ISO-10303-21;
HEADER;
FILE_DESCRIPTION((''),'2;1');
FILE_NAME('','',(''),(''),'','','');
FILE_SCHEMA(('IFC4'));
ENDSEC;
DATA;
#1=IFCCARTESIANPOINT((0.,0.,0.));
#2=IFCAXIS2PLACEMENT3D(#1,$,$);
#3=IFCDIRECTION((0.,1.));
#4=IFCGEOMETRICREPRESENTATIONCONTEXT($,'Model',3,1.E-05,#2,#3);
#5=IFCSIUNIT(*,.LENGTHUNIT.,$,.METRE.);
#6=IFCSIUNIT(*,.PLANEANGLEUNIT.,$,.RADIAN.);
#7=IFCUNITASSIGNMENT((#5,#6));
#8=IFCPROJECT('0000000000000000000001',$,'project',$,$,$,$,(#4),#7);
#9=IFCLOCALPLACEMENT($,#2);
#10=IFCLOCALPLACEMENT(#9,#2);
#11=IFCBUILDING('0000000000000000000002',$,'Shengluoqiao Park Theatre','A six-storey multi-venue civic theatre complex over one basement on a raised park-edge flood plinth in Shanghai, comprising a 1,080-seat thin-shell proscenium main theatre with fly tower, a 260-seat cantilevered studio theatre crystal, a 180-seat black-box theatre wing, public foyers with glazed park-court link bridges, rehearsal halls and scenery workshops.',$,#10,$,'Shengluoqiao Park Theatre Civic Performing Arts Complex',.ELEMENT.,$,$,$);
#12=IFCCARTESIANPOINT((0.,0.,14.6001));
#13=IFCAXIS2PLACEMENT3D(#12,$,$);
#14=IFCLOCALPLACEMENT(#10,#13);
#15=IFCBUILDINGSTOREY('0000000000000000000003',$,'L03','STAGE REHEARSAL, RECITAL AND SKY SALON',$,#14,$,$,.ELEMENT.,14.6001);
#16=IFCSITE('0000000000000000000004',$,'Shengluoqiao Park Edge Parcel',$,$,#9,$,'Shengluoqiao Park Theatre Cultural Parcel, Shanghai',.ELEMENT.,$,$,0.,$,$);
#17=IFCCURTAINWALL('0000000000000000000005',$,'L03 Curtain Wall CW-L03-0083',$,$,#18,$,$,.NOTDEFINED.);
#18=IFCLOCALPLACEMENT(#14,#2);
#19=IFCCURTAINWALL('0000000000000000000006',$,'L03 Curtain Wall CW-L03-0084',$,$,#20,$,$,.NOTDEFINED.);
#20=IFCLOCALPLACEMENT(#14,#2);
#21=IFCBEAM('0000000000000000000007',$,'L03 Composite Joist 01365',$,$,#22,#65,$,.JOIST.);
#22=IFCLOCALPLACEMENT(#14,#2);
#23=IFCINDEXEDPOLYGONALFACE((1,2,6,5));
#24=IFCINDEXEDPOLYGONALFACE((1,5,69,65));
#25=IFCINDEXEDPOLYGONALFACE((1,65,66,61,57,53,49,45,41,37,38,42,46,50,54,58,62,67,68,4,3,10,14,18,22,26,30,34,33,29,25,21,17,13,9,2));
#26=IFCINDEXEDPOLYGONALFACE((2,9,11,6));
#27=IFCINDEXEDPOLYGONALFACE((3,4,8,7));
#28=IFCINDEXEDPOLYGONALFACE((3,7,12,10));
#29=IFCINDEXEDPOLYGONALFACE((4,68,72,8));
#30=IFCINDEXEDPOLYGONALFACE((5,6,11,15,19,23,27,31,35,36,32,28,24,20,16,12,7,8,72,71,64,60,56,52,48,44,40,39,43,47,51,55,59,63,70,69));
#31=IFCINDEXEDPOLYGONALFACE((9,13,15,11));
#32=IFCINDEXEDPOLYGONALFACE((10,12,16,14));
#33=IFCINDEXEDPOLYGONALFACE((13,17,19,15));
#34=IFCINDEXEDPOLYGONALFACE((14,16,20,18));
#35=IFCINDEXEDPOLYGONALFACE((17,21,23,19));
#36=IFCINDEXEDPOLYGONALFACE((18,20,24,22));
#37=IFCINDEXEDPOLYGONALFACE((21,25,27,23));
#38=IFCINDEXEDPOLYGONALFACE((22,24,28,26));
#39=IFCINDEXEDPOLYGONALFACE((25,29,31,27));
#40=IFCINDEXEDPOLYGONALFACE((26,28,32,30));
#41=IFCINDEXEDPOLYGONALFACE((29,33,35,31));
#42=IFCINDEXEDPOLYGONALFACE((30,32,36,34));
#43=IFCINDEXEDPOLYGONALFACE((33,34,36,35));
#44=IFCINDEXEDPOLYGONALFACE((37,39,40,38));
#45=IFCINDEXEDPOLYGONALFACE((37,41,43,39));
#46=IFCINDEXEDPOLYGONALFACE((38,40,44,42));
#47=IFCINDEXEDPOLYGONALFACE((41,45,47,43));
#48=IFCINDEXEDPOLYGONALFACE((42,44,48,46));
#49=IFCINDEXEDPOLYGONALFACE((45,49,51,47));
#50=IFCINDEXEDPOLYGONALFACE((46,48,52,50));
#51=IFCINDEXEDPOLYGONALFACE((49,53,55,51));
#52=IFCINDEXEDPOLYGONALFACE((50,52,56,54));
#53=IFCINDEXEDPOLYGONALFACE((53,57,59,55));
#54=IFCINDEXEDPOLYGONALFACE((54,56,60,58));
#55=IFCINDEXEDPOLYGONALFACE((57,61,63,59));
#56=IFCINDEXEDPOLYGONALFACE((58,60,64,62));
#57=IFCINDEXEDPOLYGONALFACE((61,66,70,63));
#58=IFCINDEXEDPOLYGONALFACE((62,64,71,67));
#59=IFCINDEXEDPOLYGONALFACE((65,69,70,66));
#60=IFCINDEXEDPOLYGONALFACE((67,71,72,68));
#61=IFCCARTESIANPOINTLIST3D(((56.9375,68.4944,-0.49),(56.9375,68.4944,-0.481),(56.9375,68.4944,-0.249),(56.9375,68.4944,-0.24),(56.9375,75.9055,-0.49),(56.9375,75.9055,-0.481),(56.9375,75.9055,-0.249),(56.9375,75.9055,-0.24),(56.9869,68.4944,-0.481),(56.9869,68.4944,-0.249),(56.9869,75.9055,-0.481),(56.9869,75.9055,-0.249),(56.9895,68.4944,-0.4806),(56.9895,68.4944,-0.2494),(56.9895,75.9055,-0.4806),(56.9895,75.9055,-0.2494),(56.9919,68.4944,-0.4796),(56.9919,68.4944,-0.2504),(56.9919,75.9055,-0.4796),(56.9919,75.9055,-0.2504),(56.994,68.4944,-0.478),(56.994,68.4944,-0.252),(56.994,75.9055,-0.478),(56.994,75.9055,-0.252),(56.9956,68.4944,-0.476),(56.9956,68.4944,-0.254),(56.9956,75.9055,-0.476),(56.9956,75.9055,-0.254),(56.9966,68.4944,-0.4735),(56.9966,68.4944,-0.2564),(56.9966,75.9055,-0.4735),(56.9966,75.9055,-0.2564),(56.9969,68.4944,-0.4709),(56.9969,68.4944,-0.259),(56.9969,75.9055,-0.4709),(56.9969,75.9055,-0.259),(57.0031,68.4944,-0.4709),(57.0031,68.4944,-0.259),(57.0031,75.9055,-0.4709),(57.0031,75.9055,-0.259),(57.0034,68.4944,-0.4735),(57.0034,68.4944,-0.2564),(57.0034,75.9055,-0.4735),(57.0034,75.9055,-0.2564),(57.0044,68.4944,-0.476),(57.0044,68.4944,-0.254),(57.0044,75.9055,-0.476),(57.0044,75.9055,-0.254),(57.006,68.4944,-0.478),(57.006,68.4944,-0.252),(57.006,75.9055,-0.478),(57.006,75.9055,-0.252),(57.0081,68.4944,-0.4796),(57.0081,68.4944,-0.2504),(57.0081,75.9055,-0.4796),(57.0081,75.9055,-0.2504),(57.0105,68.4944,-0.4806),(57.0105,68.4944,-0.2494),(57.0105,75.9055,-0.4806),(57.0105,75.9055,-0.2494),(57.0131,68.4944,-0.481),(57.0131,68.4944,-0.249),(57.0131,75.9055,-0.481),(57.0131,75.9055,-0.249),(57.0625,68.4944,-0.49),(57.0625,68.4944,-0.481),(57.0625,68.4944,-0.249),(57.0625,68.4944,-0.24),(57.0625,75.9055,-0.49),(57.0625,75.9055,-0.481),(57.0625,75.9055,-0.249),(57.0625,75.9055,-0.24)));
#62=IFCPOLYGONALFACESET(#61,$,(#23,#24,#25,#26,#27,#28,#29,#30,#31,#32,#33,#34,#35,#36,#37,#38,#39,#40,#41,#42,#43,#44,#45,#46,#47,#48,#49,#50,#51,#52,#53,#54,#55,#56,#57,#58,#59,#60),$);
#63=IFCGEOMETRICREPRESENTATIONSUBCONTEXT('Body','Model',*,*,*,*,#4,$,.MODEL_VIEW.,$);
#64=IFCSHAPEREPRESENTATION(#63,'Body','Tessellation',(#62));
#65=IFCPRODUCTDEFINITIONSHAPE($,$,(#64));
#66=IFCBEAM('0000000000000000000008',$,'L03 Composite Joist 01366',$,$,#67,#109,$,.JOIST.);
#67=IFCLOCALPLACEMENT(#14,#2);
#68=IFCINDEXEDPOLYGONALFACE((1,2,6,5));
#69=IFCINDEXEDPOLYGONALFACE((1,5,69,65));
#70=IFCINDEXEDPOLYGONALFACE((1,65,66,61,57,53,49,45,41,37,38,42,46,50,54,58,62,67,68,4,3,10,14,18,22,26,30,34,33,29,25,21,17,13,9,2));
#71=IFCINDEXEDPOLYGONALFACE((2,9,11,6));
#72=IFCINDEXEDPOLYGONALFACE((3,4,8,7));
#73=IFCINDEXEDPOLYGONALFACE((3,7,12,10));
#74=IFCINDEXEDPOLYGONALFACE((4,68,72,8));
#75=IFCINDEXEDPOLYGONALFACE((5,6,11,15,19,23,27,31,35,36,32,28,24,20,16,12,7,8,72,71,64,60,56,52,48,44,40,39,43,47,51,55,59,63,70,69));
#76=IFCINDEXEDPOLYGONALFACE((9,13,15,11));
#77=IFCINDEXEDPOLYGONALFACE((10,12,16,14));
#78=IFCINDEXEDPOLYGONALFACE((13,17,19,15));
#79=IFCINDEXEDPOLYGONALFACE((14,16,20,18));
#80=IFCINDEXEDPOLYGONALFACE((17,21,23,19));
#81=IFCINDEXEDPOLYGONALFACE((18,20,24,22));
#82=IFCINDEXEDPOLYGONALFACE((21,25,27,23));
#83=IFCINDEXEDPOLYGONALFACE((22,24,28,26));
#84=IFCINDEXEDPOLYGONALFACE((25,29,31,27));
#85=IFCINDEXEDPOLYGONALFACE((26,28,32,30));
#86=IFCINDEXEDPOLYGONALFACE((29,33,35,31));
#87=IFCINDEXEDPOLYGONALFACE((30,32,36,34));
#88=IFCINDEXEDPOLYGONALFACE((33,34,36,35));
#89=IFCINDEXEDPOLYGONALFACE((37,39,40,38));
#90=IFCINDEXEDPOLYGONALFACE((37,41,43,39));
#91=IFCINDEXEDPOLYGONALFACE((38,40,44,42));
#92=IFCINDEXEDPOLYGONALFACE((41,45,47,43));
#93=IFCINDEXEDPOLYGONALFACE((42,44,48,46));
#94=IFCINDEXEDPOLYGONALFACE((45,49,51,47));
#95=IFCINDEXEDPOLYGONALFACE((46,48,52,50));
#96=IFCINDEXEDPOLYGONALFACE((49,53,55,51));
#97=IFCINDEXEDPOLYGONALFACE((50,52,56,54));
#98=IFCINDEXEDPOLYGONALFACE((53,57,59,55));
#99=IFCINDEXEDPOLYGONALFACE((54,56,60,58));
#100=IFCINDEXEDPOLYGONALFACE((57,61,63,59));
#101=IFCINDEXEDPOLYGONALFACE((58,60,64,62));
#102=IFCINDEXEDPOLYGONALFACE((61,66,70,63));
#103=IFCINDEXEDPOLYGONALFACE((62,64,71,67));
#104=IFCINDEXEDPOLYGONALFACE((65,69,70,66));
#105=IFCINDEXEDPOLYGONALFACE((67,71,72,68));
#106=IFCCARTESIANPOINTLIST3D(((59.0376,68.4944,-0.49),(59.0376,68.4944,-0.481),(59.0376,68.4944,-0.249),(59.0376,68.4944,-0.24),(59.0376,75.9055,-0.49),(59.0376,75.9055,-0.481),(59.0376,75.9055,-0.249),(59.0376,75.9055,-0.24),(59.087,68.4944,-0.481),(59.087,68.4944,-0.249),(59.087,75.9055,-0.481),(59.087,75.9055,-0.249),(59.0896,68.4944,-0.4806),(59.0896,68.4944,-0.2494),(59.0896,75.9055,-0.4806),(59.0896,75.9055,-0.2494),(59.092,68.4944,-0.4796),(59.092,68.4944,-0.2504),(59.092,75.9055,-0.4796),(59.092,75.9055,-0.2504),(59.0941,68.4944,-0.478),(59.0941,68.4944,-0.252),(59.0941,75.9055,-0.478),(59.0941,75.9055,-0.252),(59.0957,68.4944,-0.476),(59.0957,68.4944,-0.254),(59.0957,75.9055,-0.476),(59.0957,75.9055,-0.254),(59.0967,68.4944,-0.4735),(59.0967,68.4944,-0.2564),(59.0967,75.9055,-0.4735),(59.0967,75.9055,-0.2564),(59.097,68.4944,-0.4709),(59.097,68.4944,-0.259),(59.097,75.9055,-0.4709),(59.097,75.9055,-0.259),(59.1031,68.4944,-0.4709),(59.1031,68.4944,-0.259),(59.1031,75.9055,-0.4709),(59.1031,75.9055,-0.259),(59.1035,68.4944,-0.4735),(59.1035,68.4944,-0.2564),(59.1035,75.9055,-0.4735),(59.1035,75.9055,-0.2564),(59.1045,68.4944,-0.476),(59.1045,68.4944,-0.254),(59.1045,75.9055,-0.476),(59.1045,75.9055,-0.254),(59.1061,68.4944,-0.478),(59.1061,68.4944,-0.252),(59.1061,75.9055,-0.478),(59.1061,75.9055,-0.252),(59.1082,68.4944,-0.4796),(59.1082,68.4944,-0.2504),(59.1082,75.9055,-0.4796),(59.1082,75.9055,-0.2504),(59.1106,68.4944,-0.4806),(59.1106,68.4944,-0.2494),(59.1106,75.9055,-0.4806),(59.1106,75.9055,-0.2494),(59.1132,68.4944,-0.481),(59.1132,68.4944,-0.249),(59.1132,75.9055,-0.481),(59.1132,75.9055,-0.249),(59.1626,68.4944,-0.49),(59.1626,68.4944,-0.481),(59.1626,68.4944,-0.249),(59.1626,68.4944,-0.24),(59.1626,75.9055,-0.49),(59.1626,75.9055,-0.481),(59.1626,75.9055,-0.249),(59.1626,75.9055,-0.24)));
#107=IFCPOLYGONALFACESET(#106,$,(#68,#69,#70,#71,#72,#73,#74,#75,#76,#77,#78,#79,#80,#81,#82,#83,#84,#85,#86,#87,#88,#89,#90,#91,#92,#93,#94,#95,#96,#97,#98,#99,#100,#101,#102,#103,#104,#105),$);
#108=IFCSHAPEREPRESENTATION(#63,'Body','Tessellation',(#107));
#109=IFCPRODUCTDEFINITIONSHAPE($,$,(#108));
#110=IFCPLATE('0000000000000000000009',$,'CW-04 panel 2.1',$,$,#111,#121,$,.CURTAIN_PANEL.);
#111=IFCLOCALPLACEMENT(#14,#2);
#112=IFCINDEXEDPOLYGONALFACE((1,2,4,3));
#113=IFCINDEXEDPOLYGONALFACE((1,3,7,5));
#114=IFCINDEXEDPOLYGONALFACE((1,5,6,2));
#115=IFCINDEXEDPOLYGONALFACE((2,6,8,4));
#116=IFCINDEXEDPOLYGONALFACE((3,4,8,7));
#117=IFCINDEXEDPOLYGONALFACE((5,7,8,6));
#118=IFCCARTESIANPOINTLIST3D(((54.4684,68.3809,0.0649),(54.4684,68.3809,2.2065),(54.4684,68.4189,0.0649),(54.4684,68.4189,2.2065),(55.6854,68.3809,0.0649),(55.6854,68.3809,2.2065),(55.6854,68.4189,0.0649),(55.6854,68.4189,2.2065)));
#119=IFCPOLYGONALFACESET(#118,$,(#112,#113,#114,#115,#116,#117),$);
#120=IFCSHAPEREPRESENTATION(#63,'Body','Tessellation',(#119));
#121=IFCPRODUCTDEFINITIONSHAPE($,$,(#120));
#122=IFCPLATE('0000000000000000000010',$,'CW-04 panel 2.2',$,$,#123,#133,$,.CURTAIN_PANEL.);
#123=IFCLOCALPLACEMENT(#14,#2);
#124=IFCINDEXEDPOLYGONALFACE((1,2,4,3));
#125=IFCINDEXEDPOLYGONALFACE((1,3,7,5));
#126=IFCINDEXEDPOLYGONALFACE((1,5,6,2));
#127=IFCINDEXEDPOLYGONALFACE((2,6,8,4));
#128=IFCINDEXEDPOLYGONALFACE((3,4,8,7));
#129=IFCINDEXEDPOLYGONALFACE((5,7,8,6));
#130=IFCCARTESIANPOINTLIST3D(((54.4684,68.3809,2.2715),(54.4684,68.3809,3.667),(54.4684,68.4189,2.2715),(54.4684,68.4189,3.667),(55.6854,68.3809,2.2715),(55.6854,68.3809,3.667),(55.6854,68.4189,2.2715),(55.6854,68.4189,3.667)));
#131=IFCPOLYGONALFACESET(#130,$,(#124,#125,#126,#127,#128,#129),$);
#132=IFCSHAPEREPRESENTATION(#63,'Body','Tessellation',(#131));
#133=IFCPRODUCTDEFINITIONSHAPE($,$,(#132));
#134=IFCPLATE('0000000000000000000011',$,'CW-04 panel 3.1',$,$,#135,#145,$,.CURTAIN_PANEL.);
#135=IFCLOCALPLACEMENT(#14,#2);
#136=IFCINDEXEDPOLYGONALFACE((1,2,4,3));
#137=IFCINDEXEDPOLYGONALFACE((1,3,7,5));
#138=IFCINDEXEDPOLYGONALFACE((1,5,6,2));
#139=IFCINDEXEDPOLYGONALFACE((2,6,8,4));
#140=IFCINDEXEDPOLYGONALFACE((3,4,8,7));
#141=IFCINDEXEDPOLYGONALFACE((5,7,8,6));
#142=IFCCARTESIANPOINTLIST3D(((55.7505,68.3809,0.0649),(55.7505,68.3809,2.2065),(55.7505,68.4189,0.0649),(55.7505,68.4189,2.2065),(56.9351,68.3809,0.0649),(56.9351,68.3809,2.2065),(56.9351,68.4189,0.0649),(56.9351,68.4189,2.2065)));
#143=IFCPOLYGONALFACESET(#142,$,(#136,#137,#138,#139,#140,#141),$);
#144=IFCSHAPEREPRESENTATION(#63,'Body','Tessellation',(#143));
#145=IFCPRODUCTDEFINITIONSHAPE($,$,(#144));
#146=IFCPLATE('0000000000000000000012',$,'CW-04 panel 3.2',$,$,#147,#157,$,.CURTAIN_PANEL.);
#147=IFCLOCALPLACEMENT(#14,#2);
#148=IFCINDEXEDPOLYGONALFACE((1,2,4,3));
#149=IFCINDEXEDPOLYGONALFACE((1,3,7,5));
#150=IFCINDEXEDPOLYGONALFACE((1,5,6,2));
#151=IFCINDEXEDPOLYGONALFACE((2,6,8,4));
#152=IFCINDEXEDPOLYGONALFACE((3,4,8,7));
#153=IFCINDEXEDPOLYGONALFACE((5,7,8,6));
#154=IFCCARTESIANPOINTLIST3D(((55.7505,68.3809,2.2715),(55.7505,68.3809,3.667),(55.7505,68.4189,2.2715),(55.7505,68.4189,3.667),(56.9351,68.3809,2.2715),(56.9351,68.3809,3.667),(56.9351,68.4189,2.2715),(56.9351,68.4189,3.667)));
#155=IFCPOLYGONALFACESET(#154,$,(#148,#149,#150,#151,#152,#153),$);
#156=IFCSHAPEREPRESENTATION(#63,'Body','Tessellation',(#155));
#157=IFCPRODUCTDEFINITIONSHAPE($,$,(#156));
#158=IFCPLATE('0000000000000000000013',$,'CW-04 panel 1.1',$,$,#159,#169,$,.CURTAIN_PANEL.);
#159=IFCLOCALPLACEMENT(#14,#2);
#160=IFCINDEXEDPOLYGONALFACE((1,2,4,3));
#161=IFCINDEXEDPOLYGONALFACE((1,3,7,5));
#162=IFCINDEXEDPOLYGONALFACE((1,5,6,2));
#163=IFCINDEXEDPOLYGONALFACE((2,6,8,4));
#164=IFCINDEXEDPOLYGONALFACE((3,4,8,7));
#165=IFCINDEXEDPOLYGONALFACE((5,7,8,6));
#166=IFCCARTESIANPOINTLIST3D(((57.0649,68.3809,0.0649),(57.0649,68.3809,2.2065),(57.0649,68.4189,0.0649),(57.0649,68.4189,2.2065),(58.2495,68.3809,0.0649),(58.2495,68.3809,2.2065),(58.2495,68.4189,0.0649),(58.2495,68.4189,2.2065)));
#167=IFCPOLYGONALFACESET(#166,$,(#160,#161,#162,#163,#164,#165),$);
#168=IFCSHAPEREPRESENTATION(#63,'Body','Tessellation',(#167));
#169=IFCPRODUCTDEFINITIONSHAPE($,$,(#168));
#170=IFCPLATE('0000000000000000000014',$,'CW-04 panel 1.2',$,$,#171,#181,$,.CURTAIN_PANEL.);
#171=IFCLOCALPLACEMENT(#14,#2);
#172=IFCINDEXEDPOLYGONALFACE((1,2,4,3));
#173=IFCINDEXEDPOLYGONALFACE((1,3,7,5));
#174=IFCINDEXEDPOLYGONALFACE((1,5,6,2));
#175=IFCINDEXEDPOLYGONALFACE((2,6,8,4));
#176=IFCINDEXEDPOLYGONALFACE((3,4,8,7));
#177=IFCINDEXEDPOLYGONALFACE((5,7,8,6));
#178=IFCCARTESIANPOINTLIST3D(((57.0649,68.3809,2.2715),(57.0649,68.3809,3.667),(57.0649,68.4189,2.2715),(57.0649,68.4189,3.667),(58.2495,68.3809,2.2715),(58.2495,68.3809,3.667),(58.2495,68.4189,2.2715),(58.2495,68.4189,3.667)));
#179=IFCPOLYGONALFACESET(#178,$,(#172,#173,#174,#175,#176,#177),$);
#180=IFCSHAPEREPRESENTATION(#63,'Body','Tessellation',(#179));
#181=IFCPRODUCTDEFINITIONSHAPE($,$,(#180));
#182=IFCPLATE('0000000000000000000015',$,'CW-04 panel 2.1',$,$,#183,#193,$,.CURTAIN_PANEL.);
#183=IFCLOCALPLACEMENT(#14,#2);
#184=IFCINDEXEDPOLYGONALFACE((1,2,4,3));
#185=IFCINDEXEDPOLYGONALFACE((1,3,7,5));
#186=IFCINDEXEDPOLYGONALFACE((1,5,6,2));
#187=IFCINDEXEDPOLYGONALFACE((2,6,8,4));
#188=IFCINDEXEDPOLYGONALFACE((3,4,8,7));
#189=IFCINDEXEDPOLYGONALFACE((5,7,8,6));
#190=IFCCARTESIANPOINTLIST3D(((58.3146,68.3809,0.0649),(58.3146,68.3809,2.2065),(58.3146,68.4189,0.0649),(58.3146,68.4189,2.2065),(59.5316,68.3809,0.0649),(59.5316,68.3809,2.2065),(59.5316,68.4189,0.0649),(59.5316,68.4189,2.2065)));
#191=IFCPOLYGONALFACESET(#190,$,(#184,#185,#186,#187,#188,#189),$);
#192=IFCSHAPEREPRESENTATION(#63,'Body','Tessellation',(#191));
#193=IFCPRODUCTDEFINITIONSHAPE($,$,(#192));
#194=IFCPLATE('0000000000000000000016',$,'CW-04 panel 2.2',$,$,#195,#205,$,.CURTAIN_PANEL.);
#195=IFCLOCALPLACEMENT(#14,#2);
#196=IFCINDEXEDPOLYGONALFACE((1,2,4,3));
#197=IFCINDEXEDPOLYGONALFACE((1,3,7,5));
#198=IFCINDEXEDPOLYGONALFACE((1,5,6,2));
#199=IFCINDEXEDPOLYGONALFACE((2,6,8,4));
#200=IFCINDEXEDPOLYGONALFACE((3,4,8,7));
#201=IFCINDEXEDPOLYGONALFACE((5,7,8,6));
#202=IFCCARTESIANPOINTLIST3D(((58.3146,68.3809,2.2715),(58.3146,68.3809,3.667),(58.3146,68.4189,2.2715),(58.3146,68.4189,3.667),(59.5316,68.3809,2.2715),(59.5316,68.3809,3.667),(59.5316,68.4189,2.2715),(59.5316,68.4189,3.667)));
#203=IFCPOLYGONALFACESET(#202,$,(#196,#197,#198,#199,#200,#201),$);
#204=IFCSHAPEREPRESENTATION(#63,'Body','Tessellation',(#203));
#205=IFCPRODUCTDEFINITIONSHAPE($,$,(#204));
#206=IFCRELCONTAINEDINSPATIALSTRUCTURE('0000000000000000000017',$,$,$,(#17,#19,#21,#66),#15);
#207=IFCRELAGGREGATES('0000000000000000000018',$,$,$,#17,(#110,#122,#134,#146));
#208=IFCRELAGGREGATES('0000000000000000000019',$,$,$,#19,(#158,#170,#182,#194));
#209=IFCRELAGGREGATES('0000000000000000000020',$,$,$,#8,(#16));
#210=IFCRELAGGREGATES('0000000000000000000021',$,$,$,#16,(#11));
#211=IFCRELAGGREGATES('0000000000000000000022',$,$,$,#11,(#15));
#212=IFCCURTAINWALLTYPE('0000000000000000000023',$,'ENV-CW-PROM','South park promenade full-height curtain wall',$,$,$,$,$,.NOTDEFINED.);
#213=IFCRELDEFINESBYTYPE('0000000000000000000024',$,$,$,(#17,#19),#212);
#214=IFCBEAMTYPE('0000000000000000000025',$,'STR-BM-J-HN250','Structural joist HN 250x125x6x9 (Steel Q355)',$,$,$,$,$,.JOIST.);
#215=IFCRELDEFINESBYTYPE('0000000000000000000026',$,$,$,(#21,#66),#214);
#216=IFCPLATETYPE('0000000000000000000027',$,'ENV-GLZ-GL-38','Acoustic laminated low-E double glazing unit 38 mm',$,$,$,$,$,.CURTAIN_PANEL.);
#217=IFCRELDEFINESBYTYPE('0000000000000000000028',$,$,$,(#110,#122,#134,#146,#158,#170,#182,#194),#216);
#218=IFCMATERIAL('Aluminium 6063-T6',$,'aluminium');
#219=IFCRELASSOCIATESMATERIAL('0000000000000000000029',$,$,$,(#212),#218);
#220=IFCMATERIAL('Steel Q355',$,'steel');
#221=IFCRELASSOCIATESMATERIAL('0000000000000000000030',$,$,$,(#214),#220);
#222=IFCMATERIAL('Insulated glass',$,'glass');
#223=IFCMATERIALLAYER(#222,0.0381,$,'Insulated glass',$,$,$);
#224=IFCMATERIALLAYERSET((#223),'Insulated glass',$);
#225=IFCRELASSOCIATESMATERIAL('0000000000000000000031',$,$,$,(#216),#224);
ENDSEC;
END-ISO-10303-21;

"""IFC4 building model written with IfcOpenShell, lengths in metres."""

from ifc_helpers import new_model, si_unit, direction, frame, origin, origin_2d, place, context, subcontext, project, spatial, rectangle, i_section, extrude, material, layer, layer_set, material_profile, profile_set, type_object, element, aggregate, save


model = new_model("IFC4")

# Units and contexts
model_context = context("Model", 3, precision=1e-05, world=origin(), true_north=direction((0.0, 1.0)))
body_context = subcontext(model_context, "Body", "Model", "MODEL_VIEW")
ifc_project = project(units=[si_unit("LENGTHUNIT", "METRE"), si_unit("PLANEANGLEUNIT", "RADIAN")], contexts=[model_context])

# Site, building, storey
site_placement = place(None, origin())
site = spatial("IfcSite", under=ifc_project, at=site_placement, Name="Shengluoqiao Park Edge Parcel", LongName="Shengluoqiao Park Theatre Cultural Parcel, Shanghai", CompositionType="ELEMENT", RefElevation=0.0)
building_placement = place(site_placement, origin())
building = spatial("IfcBuilding", under=site, at=building_placement, Name="Shengluoqiao Park Theatre", Description="A six-storey multi-venue civic theatre complex over one basement on a raised park-edge flood plinth in Shanghai, comprising a 1,080-seat thin-shell proscenium main theatre with fly tower, a 260-seat cantilevered studio theatre crystal, a 180-seat black-box theatre wing, public foyers with glazed park-court link bridges, rehearsal halls and scenery workshops.", LongName="Shengluoqiao Park Theatre Civic Performing Arts Complex", CompositionType="ELEMENT")
storey_placement = place(building_placement, frame((0.0, 0.0, 14.6001)))
storey = spatial("IfcBuildingStorey", under=building, at=storey_placement, Name="L03", Description="STAGE REHEARSAL, RECITAL AND SKY SALON", CompositionType="ELEMENT", Elevation=14.6001)

# Curtain walls
ifc_material_1 = material(Name="Aluminium 6063-T6", Category="aluminium")
curtain_wall_type = type_object("IfcCurtainWallType", Name="ENV-CW-PROM", Description="South park promenade full-height curtain wall", PredefinedType="NOTDEFINED", material=ifc_material_1)
curtain_wall_1_placement = place(storey_placement, origin())
curtain_wall_1 = element("IfcCurtainWall", 1, at=curtain_wall_1_placement, inside=storey, type_object=curtain_wall_type, Name="L03 Curtain Wall CW-L03-0083", PredefinedType="NOTDEFINED")
curtain_wall_2_placement = place(storey_placement, origin())
curtain_wall_2 = element("IfcCurtainWall", 2, at=curtain_wall_2_placement, inside=storey, type_object=curtain_wall_type, Name="L03 Curtain Wall CW-L03-0084", PredefinedType="NOTDEFINED")

# Beams
ifc_material_2 = material(Name="Steel Q355", Category="steel")
ifc_material_profile_1 = material_profile(ifc_material_2, i_section(OverallWidth=0.125, OverallDepth=0.25, WebThickness=0.0061, FlangeThickness=0.009, FilletRadius=0.01, at=origin_2d()), Name="HN 250x125x6x9")
ifc_profile_set_1 = profile_set([ifc_material_profile_1], Name="Steel Q355")
beam_type = type_object("IfcBeamType", Name="STR-BM-J-HN250", Description="Structural joist HN 250x125x6x9 (Steel Q355)", PredefinedType="JOIST", material=ifc_profile_set_1)
for number, where, z_axis, x_axis, name in (
    (3, (57.0, 68.4944, -0.365), (0.0, 1.0, 0.0), (-1.0, 0.0, 0.0), "L03 Composite Joist 01365"),
    (4, (59.1001, 68.4944, -0.365), (0.0, 1.0, 0.0), (-1.0, 0.0, 0.0), "L03 Composite Joist 01366"),
):
    element("IfcBeam", number, at=place(storey_placement, frame(where, z_axis=z_axis, x_axis=x_axis)), inside=storey, type_object=beam_type, Name=name, PredefinedType="JOIST", context=body_context, shape_type="SweptSolid", body=[
        extrude(i_section(OverallWidth=0.125, OverallDepth=0.25, WebThickness=0.0061, FlangeThickness=0.009, FilletRadius=0.01, at=origin_2d()), origin(), (0.0, 0.0, 1.0), 7.4111),
    ])

# Plates
ifc_material_3 = material(Name="Insulated glass", Category="glass")
ifc_layer = layer(ifc_material_3, 0.0381, Name="Insulated glass")
ifc_layer_set = layer_set([ifc_layer], Name="Insulated glass")
plate_type = type_object("IfcPlateType", Name="ENV-GLZ-GL-38", Description="Acoustic laminated low-E double glazing unit 38 mm", PredefinedType="CURTAIN_PANEL", material=ifc_layer_set)
plate_1_placement = place(storey_placement, frame((55.0769, 68.3999, 0.0649), z_axis=(0.0, 0.0, 1.0), x_axis=(1.0, 0.0, 0.0)))
plate_1 = element("IfcPlate", 5, at=plate_1_placement, type_object=plate_type, Name="CW-04 panel 2.1", PredefinedType="CURTAIN_PANEL", context=body_context, shape_type="SweptSolid", body=[
    extrude(rectangle(XDim=1.217, YDim=0.0381, at=origin_2d()), origin(), (0.0, 0.0, 1.0), 2.1416),
])
plate_2_placement = place(storey_placement, frame((55.0769, 68.3999, 2.2715), z_axis=(0.0, 0.0, 1.0), x_axis=(1.0, 0.0, 0.0)))
plate_2 = element("IfcPlate", 6, at=plate_2_placement, type_object=plate_type, Name="CW-04 panel 2.2", PredefinedType="CURTAIN_PANEL", context=body_context, shape_type="SweptSolid", body=[
    extrude(rectangle(XDim=1.217, YDim=0.0381, at=origin_2d()), origin(), (0.0, 0.0, 1.0), 1.3955),
])
plate_3_placement = place(storey_placement, frame((56.3428, 68.3999, 0.0649), z_axis=(0.0, 0.0, 1.0), x_axis=(1.0, 0.0, 0.0)))
plate_3 = element("IfcPlate", 7, at=plate_3_placement, type_object=plate_type, Name="CW-04 panel 3.1", PredefinedType="CURTAIN_PANEL", context=body_context, shape_type="SweptSolid", body=[
    extrude(rectangle(XDim=1.1846, YDim=0.0381, at=origin_2d()), origin(), (0.0, 0.0, 1.0), 2.1416),
])
plate_4_placement = place(storey_placement, frame((56.3428, 68.3999, 2.2715), z_axis=(0.0, 0.0, 1.0), x_axis=(1.0, 0.0, 0.0)))
plate_4 = element("IfcPlate", 8, at=plate_4_placement, type_object=plate_type, Name="CW-04 panel 3.2", PredefinedType="CURTAIN_PANEL", context=body_context, shape_type="SweptSolid", body=[
    extrude(rectangle(XDim=1.1846, YDim=0.0381, at=origin_2d()), origin(), (0.0, 0.0, 1.0), 1.3955),
])
aggregate(curtain_wall_1, [plate_1, plate_2, plate_3, plate_4])
plate_5_placement = place(storey_placement, frame((57.6572, 68.3999, 0.0649), z_axis=(0.0, 0.0, 1.0), x_axis=(1.0, 0.0, 0.0)))
plate_5 = element("IfcPlate", 9, at=plate_5_placement, type_object=plate_type, Name="CW-04 panel 1.1", PredefinedType="CURTAIN_PANEL", context=body_context, shape_type="SweptSolid", body=[
    extrude(rectangle(XDim=1.1846, YDim=0.0381, at=origin_2d()), origin(), (0.0, 0.0, 1.0), 2.1416),
])
plate_6_placement = place(storey_placement, frame((57.6572, 68.3999, 2.2715), z_axis=(0.0, 0.0, 1.0), x_axis=(1.0, 0.0, 0.0)))
plate_6 = element("IfcPlate", 10, at=plate_6_placement, type_object=plate_type, Name="CW-04 panel 1.2", PredefinedType="CURTAIN_PANEL", context=body_context, shape_type="SweptSolid", body=[
    extrude(rectangle(XDim=1.1846, YDim=0.0381, at=origin_2d()), origin(), (0.0, 0.0, 1.0), 1.3955),
])
plate_7_placement = place(storey_placement, frame((58.9231, 68.3999, 0.0649), z_axis=(0.0, 0.0, 1.0), x_axis=(1.0, 0.0, 0.0)))
plate_7 = element("IfcPlate", 11, at=plate_7_placement, type_object=plate_type, Name="CW-04 panel 2.1", PredefinedType="CURTAIN_PANEL", context=body_context, shape_type="SweptSolid", body=[
    extrude(rectangle(XDim=1.217, YDim=0.0381, at=origin_2d()), origin(), (0.0, 0.0, 1.0), 2.1416),
])
plate_8_placement = place(storey_placement, frame((58.9231, 68.3999, 2.2715), z_axis=(0.0, 0.0, 1.0), x_axis=(1.0, 0.0, 0.0)))
plate_8 = element("IfcPlate", 12, at=plate_8_placement, type_object=plate_type, Name="CW-04 panel 2.2", PredefinedType="CURTAIN_PANEL", context=body_context, shape_type="SweptSolid", body=[
    extrude(rectangle(XDim=1.217, YDim=0.0381, at=origin_2d()), origin(), (0.0, 0.0, 1.0), 1.3955),
])
aggregate(curtain_wall_2, [plate_5, plate_6, plate_7, plate_8])

save(model, "model.ifc")
